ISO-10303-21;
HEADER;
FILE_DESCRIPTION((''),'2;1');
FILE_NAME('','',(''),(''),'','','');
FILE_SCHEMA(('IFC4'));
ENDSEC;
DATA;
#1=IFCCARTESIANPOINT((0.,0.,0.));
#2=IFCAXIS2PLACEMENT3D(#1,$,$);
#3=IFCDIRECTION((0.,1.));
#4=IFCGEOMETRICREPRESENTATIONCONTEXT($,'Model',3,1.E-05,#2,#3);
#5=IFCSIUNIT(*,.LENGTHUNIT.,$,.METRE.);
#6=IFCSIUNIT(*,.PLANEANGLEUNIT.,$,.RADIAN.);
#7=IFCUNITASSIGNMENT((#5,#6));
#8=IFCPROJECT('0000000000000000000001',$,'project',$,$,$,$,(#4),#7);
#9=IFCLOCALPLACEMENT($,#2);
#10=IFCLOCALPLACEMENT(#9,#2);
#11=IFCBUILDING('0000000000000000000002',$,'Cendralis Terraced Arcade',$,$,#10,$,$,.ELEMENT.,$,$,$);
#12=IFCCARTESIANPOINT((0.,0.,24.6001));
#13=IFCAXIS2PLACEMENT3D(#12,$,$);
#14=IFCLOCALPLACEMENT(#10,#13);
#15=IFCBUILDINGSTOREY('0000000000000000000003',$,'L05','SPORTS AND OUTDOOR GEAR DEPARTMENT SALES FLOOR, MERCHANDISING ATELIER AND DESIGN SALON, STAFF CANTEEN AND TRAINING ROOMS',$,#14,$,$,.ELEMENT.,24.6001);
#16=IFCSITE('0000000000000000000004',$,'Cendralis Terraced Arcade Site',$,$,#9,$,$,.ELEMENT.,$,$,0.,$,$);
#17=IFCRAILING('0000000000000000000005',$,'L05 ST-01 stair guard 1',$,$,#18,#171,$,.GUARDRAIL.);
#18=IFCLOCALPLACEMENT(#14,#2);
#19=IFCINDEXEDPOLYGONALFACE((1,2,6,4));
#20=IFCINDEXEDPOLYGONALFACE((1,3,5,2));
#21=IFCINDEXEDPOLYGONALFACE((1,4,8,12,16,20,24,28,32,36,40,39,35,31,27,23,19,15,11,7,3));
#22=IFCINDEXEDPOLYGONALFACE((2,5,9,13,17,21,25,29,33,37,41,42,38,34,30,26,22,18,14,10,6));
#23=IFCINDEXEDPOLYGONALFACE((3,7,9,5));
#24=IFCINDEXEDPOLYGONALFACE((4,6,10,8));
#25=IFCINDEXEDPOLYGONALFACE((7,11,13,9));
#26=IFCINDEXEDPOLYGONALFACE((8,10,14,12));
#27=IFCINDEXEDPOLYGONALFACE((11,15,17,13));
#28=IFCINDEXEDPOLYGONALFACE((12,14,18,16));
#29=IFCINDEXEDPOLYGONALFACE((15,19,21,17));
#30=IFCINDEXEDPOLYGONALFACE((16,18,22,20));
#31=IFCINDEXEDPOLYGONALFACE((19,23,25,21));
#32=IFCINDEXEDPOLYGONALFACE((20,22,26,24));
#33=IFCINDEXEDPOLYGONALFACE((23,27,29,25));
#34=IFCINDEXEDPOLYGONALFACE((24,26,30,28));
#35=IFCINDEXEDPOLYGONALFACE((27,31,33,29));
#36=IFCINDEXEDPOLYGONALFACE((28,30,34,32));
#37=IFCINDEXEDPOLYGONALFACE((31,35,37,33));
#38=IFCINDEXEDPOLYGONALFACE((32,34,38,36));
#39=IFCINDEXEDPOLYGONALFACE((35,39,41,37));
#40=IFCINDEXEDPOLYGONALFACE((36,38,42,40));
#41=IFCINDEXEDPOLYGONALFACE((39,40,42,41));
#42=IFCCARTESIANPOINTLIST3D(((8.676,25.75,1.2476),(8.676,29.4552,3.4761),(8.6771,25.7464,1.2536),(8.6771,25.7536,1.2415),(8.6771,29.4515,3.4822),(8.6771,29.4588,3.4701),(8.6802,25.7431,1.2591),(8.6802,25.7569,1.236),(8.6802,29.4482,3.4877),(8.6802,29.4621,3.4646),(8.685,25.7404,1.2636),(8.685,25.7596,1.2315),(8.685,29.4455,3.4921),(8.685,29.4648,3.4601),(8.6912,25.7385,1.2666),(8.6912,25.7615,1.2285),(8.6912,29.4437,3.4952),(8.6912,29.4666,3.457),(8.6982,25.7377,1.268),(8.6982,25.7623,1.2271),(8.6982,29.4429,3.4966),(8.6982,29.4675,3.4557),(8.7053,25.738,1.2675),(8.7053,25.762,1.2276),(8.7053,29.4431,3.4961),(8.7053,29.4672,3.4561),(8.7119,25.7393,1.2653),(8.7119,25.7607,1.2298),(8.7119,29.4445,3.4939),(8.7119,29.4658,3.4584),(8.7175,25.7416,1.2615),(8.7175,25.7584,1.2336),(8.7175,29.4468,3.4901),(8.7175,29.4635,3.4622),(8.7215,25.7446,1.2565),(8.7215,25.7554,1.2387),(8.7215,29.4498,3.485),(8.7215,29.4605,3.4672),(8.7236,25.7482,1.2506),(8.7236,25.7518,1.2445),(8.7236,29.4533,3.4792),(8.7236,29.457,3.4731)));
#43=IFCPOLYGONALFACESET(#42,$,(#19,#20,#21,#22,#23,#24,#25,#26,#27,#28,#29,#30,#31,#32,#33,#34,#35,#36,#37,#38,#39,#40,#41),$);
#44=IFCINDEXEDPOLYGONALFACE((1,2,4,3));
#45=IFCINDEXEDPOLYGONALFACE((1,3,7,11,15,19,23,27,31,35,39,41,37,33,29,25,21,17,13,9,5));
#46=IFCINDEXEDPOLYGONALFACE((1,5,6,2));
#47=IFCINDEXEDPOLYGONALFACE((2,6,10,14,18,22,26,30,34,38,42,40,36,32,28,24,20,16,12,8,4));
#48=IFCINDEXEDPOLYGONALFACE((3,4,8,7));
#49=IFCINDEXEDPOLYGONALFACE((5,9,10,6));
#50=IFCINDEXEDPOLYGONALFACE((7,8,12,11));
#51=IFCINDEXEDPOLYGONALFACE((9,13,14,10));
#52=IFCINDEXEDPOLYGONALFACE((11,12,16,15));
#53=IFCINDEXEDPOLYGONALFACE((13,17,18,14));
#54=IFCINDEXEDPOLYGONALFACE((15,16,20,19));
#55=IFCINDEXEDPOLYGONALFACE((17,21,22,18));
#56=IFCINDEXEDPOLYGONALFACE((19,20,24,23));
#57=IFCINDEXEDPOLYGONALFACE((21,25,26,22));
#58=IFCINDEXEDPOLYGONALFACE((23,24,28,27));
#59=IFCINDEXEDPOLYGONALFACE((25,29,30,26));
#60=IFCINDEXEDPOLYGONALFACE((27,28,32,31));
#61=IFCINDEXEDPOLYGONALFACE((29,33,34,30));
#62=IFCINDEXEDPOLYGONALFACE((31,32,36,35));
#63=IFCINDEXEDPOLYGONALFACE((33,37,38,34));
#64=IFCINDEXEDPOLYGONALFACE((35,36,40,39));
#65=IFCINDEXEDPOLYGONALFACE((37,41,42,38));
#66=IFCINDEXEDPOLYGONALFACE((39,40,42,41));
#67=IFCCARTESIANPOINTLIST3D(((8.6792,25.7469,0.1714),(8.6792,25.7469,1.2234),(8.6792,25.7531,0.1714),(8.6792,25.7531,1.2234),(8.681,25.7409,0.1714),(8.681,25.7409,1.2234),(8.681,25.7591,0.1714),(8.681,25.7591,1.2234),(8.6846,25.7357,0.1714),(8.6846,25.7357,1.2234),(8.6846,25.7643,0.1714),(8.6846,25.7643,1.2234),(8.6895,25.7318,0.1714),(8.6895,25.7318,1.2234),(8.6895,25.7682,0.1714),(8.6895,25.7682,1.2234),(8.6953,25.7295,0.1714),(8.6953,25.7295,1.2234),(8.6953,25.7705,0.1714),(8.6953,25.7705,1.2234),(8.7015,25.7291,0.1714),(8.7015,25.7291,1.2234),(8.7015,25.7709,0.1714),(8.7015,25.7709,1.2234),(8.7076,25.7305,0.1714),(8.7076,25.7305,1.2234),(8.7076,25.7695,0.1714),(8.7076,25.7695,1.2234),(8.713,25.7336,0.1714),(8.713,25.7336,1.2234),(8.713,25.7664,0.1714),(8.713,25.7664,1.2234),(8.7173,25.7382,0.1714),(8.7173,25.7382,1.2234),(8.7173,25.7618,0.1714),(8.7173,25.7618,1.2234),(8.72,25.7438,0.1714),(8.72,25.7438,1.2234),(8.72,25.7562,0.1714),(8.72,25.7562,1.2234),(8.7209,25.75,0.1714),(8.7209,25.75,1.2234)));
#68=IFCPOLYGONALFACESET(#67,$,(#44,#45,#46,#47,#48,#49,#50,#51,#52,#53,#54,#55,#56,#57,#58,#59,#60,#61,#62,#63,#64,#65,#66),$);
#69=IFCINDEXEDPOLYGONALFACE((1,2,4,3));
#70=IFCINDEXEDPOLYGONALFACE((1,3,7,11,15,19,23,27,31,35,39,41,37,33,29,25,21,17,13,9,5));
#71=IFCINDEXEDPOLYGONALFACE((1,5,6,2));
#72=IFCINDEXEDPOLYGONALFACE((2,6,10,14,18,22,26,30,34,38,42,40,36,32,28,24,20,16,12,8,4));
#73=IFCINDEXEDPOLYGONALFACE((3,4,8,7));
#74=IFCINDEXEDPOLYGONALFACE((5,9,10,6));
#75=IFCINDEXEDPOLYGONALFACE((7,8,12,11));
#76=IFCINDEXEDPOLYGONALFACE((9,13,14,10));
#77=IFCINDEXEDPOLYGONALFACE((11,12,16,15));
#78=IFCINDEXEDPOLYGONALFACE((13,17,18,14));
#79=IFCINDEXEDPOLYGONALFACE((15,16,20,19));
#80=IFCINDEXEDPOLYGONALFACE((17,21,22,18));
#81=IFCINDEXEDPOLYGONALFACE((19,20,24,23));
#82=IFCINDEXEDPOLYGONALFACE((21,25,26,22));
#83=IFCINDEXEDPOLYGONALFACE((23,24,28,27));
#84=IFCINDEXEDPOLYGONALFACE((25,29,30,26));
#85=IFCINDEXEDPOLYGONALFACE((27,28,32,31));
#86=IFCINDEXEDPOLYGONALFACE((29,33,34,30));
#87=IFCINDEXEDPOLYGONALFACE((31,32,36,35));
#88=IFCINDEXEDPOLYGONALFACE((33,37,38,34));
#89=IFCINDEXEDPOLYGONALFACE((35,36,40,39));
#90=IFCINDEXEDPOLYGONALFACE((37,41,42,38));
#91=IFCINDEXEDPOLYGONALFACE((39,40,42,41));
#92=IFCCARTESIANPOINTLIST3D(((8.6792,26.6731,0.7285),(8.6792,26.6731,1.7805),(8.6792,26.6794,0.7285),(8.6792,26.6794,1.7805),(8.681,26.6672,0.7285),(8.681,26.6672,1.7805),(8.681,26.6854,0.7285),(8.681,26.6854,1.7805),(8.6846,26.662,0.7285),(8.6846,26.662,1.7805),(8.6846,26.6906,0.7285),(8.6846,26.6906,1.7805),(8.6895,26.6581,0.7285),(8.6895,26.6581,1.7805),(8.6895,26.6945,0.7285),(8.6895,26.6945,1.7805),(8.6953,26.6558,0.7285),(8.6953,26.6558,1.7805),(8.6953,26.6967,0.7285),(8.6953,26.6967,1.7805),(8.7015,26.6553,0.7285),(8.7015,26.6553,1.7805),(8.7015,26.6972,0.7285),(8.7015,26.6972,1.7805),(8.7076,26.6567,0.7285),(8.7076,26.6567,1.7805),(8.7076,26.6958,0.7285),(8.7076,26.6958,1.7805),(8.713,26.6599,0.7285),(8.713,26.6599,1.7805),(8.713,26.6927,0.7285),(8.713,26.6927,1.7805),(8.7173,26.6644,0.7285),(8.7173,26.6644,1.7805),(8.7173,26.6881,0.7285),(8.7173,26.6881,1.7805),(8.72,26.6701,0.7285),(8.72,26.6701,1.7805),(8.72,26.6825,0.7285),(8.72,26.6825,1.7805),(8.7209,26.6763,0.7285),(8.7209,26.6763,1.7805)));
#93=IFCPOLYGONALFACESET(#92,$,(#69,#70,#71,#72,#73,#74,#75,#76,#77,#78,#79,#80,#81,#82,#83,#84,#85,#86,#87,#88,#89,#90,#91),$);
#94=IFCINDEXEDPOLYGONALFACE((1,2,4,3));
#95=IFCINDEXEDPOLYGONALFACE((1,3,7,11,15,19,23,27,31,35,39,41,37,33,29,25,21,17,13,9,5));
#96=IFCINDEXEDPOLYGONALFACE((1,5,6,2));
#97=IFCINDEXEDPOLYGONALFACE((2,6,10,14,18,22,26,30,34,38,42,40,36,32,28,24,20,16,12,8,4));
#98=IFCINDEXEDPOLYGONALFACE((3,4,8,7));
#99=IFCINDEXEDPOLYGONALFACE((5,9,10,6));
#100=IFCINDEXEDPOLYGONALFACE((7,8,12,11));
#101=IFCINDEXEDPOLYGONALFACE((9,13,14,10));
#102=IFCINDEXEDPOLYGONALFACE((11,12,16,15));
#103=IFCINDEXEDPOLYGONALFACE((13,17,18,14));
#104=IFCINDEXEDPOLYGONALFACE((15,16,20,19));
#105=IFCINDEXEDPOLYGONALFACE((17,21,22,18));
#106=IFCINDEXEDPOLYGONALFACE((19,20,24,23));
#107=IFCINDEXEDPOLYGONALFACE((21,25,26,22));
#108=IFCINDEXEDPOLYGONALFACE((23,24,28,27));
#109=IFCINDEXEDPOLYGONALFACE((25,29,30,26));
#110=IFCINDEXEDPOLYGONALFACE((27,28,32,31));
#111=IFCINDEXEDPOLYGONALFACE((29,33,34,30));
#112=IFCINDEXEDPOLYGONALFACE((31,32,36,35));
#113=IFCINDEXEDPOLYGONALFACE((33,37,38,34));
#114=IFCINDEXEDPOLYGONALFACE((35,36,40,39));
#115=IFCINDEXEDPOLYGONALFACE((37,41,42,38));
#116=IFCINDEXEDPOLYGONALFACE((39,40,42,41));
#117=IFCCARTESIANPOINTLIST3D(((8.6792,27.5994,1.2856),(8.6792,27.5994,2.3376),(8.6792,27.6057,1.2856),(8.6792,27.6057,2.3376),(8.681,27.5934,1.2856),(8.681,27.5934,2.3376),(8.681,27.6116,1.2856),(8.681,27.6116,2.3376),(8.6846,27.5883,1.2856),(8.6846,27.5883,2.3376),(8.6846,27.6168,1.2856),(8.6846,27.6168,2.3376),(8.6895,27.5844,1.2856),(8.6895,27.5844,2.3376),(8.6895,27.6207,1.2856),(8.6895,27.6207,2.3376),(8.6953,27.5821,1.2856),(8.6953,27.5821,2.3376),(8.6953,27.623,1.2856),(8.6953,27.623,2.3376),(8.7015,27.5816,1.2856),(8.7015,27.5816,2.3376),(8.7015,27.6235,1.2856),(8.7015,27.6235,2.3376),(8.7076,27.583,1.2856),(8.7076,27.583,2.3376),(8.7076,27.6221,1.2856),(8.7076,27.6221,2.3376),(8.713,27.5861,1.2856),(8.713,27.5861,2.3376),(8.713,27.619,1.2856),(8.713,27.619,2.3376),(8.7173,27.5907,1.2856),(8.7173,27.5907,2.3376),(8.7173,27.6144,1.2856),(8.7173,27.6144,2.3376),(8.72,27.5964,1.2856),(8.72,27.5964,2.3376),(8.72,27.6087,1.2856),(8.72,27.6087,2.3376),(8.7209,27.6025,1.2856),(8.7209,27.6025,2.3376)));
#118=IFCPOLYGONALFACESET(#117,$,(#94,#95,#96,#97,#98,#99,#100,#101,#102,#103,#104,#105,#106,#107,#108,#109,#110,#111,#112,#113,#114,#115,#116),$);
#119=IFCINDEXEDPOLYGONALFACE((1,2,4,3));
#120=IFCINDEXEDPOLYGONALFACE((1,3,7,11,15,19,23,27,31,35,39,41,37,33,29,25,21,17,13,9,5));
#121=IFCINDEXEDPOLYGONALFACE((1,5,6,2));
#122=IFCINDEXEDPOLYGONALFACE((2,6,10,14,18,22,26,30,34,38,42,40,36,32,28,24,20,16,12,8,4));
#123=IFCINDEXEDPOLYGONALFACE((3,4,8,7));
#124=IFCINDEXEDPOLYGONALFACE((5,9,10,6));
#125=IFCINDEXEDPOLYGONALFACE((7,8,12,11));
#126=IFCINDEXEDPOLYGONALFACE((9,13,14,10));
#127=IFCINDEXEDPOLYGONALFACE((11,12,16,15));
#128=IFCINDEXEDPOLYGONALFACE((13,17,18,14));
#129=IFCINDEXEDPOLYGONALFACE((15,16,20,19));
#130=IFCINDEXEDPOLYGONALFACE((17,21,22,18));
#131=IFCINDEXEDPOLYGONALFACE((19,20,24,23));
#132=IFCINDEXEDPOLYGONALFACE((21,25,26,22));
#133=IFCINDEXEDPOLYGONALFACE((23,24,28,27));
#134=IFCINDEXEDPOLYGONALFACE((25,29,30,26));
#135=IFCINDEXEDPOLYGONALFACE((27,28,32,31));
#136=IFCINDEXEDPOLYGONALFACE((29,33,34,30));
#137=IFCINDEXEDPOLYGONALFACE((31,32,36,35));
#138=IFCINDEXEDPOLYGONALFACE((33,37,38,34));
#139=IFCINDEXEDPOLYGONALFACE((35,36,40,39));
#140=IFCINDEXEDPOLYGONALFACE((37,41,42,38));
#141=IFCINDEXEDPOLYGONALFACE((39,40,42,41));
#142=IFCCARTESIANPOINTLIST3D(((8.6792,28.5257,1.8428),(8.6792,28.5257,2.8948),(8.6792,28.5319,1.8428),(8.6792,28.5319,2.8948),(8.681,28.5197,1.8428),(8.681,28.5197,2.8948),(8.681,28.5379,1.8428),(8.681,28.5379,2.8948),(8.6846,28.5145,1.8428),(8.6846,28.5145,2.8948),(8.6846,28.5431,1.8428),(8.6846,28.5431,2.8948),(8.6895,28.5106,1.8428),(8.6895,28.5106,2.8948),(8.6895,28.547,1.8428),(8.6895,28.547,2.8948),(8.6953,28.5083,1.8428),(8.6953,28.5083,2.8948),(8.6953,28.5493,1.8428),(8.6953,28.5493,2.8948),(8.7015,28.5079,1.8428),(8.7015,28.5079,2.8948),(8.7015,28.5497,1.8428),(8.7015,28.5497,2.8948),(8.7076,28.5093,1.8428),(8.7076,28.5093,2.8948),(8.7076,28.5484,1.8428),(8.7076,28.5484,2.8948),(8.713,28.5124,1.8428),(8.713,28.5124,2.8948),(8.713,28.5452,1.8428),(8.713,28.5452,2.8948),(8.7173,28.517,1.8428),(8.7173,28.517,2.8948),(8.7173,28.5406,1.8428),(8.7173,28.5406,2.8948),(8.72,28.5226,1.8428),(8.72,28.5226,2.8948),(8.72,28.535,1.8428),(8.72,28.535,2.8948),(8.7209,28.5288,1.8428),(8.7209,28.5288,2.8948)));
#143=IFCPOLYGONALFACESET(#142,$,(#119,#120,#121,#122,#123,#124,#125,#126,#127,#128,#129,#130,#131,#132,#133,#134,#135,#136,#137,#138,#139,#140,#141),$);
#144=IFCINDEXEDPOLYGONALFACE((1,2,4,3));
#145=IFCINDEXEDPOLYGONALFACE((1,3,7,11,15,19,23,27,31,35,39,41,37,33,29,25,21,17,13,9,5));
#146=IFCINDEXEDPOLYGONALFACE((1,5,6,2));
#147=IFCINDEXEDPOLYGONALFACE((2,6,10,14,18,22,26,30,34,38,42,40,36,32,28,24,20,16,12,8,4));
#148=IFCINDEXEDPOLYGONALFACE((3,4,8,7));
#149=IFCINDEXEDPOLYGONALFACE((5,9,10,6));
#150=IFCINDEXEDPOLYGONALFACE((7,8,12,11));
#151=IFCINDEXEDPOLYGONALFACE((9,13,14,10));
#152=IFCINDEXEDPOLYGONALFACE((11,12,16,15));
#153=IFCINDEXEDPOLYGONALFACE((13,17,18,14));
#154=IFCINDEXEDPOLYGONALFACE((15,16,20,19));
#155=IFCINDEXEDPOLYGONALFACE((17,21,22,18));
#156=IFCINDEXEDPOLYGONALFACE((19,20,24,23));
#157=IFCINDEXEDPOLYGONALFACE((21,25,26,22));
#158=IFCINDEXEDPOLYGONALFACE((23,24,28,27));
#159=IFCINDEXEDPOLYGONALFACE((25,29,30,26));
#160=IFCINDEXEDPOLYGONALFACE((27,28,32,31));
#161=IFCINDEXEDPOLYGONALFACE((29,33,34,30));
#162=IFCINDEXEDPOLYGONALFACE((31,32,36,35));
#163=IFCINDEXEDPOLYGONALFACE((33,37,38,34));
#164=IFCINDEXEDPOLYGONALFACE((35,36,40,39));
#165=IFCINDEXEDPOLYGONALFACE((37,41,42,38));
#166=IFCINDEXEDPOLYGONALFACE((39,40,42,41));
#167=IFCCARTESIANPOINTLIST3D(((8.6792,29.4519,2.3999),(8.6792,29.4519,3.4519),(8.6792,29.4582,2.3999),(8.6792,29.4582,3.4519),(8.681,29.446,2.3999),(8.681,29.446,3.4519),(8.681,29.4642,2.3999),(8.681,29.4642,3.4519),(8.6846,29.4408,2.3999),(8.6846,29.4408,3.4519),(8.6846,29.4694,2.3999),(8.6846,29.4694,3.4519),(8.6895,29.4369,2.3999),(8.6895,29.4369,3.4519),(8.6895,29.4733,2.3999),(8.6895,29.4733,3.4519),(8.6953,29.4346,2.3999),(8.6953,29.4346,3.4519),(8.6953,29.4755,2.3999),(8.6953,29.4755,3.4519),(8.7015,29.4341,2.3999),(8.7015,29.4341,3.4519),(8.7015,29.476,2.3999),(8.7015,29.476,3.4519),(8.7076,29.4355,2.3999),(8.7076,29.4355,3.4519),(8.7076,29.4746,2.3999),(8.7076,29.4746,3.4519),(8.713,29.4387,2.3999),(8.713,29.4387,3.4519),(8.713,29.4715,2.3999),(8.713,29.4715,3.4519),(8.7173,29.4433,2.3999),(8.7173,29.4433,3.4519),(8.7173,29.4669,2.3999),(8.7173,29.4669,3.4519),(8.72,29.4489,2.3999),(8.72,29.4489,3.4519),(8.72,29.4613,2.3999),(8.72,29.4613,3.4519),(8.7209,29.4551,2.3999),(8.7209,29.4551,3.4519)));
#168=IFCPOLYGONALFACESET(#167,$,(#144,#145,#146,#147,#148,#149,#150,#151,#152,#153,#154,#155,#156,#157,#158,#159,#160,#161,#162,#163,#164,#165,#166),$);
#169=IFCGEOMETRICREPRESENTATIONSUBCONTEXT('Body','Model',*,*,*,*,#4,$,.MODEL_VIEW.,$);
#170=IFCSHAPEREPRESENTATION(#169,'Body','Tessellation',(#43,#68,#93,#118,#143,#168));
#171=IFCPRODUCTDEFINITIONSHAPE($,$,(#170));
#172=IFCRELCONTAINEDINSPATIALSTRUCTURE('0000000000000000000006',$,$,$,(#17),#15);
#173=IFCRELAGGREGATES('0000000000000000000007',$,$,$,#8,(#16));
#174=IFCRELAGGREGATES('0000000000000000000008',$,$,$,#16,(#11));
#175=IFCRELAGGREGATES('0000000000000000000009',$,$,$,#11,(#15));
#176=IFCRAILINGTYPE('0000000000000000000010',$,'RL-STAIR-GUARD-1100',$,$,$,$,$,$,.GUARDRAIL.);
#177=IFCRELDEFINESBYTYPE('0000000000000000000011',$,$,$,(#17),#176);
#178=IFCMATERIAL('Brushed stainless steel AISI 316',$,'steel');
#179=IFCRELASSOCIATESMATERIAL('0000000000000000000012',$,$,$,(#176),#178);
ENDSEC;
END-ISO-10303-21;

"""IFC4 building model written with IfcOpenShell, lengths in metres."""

from ifc_helpers import new_model, si_unit, direction, frame, origin, origin_2d, place, context, subcontext, project, spatial, circle, extrude, material, type_object, element, save


model = new_model("IFC4")

# Units and contexts
model_context = context("Model", 3, precision=1e-05, world=origin(), true_north=direction((0.0, 1.0)))
body_context = subcontext(model_context, "Body", "Model", "MODEL_VIEW")
ifc_project = project(units=[si_unit("LENGTHUNIT", "METRE"), si_unit("PLANEANGLEUNIT", "RADIAN")], contexts=[model_context])

# Site, building, storey
site_placement = place(None, origin())
site = spatial("IfcSite", under=ifc_project, at=site_placement, Name="Cendralis Terraced Arcade Site", CompositionType="ELEMENT", RefElevation=0.0)
building_placement = place(site_placement, origin())
building = spatial("IfcBuilding", under=site, at=building_placement, Name="Cendralis Terraced Arcade", CompositionType="ELEMENT")
storey_placement = place(building_placement, frame((0.0, 0.0, 24.6001)))
storey = spatial("IfcBuildingStorey", under=building, at=storey_placement, Name="L05", Description="SPORTS AND OUTDOOR GEAR DEPARTMENT SALES FLOOR, MERCHANDISING ATELIER AND DESIGN SALON, STAFF CANTEEN AND TRAINING ROOMS", CompositionType="ELEMENT", Elevation=24.6001)

# Railing
ifc_material_1 = material(Name="Brushed stainless steel AISI 316", Category="steel")
railing_type = type_object("IfcRailingType", Name="RL-STAIR-GUARD-1100", PredefinedType="GUARDRAIL", material=ifc_material_1)
railing_1_placement = place(storey_placement, frame((8.7, 25.75, 0.1714)))
element("IfcRailing", 1, at=railing_1_placement, inside=storey, type_object=railing_type, Name="L05 ST-01 stair guard 1", PredefinedType="GUARDRAIL", context=body_context, shape_type="SweptSolid", body=[
    extrude(circle(Radius=0.0239, at=origin_2d()), frame((0.0, 0.0, 1.0762), z_axis=(0.0, 0.856934, 0.515425), x_axis=(-1.0, 0.0, 0.0)), (0.0, 0.0, 1.0), 4.3237),
    extrude(circle(Radius=0.021, at=origin_2d()), origin(), (0.0, 0.0, 1.0), 1.052),
    extrude(circle(Radius=0.021, at=origin_2d()), frame((0.0, 0.9263, 0.5571)), (0.0, 0.0, 1.0), 1.052),
    extrude(circle(Radius=0.021, at=origin_2d()), frame((0.0, 1.8525, 1.1143)), (0.0, 0.0, 1.0), 1.052),
    extrude(circle(Radius=0.021, at=origin_2d()), frame((0.0, 2.7788, 1.6714)), (0.0, 0.0, 1.0), 1.052),
    extrude(circle(Radius=0.021, at=origin_2d()), frame((0.0, 3.7051, 2.2285)), (0.0, 0.0, 1.0), 1.052),
])

save(model, "model.ifc")
